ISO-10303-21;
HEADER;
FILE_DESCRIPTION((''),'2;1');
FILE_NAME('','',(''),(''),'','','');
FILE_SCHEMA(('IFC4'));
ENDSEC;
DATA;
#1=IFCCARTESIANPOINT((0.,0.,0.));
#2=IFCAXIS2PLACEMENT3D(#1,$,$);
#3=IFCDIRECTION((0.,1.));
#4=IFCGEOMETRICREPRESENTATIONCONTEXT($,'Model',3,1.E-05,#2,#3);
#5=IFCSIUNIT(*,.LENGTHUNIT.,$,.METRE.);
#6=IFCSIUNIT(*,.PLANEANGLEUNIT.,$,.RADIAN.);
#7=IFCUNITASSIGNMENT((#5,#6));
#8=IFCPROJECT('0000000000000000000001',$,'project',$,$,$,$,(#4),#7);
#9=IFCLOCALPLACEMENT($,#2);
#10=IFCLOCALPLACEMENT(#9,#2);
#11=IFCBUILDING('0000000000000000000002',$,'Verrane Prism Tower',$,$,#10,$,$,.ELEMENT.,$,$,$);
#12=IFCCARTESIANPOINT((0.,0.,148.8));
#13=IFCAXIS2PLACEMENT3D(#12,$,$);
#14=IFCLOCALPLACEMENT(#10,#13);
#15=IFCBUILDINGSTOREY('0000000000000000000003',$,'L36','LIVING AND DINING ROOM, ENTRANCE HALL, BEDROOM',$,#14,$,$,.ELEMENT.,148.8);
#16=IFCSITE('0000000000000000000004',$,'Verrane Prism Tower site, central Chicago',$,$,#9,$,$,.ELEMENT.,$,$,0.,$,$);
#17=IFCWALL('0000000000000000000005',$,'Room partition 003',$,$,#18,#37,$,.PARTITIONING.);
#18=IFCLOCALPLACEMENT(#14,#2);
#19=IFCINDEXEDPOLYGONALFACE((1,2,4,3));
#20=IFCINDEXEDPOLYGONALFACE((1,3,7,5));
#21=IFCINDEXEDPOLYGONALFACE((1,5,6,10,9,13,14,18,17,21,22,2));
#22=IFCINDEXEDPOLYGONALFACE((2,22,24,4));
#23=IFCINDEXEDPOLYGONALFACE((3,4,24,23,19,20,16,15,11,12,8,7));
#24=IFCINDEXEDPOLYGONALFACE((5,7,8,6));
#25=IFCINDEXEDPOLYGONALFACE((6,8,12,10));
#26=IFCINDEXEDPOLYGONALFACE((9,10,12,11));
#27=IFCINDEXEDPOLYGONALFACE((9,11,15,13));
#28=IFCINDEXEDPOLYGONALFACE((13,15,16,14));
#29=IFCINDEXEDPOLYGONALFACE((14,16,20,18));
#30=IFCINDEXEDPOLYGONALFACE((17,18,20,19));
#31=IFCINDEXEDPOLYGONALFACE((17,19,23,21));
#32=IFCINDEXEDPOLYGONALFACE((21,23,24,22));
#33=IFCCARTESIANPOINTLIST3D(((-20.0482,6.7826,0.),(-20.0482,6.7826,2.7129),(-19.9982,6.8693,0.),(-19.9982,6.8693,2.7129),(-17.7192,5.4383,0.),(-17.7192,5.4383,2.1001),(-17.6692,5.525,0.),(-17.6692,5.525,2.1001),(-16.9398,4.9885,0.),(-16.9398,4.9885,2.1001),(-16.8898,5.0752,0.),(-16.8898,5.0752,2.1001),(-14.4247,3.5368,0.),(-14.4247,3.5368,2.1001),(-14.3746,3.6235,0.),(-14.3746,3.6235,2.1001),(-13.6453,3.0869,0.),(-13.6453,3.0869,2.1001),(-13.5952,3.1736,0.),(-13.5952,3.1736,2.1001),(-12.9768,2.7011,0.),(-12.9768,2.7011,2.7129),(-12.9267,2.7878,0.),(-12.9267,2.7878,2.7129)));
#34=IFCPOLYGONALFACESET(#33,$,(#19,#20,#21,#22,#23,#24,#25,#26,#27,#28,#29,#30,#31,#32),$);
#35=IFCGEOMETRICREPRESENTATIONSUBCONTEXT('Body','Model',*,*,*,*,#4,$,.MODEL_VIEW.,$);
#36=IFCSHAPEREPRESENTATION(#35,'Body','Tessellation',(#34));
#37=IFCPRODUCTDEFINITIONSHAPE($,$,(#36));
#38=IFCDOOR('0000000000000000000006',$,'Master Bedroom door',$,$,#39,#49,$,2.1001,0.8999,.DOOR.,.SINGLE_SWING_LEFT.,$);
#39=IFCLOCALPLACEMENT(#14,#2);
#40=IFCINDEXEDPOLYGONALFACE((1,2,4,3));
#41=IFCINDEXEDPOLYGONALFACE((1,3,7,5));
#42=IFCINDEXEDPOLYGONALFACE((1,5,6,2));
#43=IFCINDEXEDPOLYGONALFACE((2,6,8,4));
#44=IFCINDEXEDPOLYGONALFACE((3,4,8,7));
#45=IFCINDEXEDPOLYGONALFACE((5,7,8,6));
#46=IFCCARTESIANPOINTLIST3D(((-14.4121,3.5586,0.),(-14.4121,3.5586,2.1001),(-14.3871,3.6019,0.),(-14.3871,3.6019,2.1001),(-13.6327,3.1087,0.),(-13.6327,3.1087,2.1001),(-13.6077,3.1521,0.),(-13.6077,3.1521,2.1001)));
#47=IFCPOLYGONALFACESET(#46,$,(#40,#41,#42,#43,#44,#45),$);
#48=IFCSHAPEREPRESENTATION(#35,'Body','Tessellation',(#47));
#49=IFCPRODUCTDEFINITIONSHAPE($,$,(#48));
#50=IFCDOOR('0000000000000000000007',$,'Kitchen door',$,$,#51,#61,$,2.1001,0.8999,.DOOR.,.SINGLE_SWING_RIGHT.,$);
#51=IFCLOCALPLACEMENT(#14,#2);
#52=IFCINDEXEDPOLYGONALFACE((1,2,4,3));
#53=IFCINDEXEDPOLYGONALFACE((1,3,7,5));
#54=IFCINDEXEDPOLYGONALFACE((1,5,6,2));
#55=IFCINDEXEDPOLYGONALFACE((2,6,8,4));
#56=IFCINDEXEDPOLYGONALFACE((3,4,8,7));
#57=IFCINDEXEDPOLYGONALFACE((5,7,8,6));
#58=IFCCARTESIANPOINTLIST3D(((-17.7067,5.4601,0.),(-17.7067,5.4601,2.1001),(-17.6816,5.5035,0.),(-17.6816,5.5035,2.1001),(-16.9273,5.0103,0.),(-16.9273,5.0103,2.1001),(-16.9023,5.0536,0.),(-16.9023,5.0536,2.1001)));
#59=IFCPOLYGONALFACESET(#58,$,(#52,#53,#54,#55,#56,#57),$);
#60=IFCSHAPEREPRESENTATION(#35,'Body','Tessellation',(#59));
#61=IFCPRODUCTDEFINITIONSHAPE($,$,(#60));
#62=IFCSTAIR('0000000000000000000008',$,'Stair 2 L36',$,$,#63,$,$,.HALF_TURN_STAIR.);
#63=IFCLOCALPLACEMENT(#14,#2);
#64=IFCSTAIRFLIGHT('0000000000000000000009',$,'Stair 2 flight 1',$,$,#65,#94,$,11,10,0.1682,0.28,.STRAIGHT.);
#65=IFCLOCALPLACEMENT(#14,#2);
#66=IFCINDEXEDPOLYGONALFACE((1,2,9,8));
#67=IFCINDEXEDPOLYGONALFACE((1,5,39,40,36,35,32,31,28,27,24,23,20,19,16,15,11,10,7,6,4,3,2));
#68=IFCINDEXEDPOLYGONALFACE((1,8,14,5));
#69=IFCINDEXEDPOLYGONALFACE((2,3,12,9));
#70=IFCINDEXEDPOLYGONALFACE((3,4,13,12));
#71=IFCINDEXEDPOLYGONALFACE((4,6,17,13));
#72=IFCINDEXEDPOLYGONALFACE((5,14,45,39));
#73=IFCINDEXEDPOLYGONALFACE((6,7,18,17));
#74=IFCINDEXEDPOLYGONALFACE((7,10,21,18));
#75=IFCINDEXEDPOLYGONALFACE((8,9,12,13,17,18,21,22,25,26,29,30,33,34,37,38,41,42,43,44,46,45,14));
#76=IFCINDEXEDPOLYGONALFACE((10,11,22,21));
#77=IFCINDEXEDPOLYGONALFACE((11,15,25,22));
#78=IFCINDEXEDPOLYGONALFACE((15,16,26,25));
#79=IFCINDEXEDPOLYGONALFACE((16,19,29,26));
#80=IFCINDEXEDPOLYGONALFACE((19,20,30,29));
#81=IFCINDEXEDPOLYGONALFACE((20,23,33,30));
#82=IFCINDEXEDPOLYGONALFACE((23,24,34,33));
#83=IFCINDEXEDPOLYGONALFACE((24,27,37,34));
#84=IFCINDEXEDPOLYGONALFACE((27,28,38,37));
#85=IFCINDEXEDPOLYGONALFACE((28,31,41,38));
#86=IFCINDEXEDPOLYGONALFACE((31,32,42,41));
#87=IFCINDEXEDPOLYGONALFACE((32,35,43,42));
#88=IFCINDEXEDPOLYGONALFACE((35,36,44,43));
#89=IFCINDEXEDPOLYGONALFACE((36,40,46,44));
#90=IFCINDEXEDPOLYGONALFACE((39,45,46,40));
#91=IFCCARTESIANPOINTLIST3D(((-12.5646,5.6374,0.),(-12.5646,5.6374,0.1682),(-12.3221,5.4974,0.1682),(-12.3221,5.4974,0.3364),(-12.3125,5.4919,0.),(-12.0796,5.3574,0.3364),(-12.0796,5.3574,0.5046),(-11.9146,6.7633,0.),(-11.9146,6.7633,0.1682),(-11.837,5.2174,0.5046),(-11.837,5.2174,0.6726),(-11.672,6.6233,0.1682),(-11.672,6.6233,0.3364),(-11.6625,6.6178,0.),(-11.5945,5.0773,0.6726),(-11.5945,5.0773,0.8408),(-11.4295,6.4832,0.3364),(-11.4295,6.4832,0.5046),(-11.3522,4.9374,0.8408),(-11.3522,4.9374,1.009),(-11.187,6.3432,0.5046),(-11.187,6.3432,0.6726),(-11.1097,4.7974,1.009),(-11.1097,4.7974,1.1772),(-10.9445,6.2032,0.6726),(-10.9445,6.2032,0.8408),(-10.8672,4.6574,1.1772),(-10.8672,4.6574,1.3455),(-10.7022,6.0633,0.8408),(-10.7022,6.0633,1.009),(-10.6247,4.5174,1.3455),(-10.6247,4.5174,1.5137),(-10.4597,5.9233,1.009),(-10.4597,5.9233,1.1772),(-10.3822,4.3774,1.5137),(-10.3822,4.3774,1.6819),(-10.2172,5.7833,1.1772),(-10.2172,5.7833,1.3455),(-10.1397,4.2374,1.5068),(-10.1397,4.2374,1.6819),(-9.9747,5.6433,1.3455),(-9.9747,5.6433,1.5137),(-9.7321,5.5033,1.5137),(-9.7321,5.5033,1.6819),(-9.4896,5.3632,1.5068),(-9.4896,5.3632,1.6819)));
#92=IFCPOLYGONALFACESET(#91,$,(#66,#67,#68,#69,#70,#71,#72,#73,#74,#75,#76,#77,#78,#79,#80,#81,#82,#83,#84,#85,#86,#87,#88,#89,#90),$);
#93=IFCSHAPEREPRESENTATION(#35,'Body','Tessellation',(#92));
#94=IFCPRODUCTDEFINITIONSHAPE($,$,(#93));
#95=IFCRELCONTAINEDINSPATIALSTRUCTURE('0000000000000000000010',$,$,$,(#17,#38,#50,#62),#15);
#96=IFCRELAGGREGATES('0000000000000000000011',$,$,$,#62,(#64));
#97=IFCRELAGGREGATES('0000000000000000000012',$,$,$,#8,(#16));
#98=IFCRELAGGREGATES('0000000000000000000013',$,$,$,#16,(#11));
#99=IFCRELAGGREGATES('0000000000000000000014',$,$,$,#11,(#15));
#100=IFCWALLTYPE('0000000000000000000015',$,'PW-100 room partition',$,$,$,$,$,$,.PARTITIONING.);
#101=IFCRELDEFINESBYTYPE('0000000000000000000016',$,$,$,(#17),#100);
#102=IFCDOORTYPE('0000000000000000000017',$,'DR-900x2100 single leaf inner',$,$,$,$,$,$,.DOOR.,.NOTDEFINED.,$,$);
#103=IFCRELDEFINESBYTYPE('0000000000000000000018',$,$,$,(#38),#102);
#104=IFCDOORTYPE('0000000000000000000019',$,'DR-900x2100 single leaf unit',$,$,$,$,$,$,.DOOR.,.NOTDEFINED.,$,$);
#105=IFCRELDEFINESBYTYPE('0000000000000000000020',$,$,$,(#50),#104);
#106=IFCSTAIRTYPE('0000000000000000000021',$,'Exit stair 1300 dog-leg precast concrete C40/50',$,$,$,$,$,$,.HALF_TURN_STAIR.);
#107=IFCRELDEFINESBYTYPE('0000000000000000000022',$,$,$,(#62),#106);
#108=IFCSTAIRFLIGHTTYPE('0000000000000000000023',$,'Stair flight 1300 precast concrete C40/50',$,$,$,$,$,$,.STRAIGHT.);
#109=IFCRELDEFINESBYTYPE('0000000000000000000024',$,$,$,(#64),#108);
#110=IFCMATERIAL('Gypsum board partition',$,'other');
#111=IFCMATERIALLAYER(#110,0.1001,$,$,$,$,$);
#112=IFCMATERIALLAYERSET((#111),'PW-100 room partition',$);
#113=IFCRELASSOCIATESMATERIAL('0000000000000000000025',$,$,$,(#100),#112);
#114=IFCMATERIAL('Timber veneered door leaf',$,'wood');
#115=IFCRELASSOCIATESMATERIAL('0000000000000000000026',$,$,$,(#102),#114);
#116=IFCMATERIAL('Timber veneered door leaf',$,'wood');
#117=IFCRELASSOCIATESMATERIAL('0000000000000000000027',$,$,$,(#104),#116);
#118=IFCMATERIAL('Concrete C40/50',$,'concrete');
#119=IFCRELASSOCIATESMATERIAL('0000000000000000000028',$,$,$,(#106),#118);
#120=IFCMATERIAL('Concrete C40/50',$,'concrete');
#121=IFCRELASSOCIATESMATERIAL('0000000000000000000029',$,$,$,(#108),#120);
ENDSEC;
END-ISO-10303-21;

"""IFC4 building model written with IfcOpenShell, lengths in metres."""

from ifc_helpers import new_model, si_unit, direction, frame, frame_2d, origin, place, context, subcontext, project, spatial, polyline, rectangle, outline, extrude, material, layer, layer_set, type_object, element, fill, aggregate, save


model = new_model("IFC4")

# Units and contexts
model_context = context("Model", 3, precision=1e-05, world=origin(), true_north=direction((0.0, 1.0)))
body_context = subcontext(model_context, "Body", "Model", "MODEL_VIEW")
ifc_project = project(units=[si_unit("LENGTHUNIT", "METRE"), si_unit("PLANEANGLEUNIT", "RADIAN")], contexts=[model_context])

# Site, building, storey
site_placement = place(None, origin())
site = spatial("IfcSite", under=ifc_project, at=site_placement, Name="Verrane Prism Tower site, central Chicago", CompositionType="ELEMENT", RefElevation=0.0)
building_placement = place(site_placement, origin())
building = spatial("IfcBuilding", under=site, at=building_placement, Name="Verrane Prism Tower", CompositionType="ELEMENT")
storey_placement = place(building_placement, frame((0.0, 0.0, 148.8)))
storey = spatial("IfcBuildingStorey", under=building, at=storey_placement, Name="L36", Description="LIVING AND DINING ROOM, ENTRANCE HALL, BEDROOM", CompositionType="ELEMENT", Elevation=148.8)

# Shared definitions
ifc_material_1 = material(Name="Gypsum board partition", Category="other")
ifc_layer_1 = layer(ifc_material_1, 0.1001)
ifc_layer_set_1 = layer_set([ifc_layer_1], Name="PW-100 room partition")
wall_type_1 = type_object("IfcWallType", Name="PW-100 room partition", PredefinedType="PARTITIONING", material=ifc_layer_set_1)

# Wall, openings, doors
wall_1_placement = place(storey_placement, frame((-12.9517, 2.7444, 0.0), z_axis=(0.0, 0.0, 1.0), x_axis=(-0.866089, 0.499889, 0.0)))
wall_1 = element("IfcWall", 1, at=wall_1_placement, inside=storey, type_object=wall_type_1, Name="Room partition 003", PredefinedType="PARTITIONING", context=body_context, shape_type="SweptSolid", body=[
    extrude(rectangle(XDim=8.1648, YDim=0.1001, at=frame_2d((4.0825, 0.0))), origin(), (0.0, 0.0, 1.0), 2.7129),
])
opening_1_placement = place(wall_1_placement, frame((4.5759, 0.0, 0.0)))
opening_1 = element("IfcOpeningElement", 2, at=opening_1_placement, cuts=wall_1, PredefinedType="OPENING", context=body_context, shape_type="SweptSolid", body=[
    extrude(rectangle(XDim=0.8999, YDim=2.1001, at=frame_2d((0.45, 1.05))), frame((0.0, 0.0601, 0.0), z_axis=(0.0, -1.0, 0.0), x_axis=(1.0, 0.0, 0.0)), (0.0, 0.0, 1.0), 0.1201),
])
opening_2_placement = place(wall_1_placement, frame((0.772, 0.0, 0.0)))
opening_2 = element("IfcOpeningElement", 3, at=opening_2_placement, cuts=wall_1, PredefinedType="OPENING", context=body_context, shape_type="SweptSolid", body=[
    extrude(rectangle(XDim=0.8999, YDim=2.1001, at=frame_2d((0.45, 1.05))), frame((0.0, 0.0601, 0.0), z_axis=(0.0, -1.0, 0.0), x_axis=(1.0, 0.0, 0.0)), (0.0, 0.0, 1.0), 0.1201),
])
ifc_material_2 = material(Name="Timber veneered door leaf", Category="wood")
door_type_1 = type_object("IfcDoorType", Name="DR-900x2100 single leaf inner", OperationType="NOTDEFINED", PredefinedType="DOOR", material=ifc_material_2)
door_1_placement = place(opening_2_placement, origin())
door_1 = element("IfcDoor", 4, at=door_1_placement, inside=storey, type_object=door_type_1, Name="Master Bedroom door", OperationType="SINGLE_SWING_LEFT", OverallHeight=2.1001, OverallWidth=0.8999, PredefinedType="DOOR", context=body_context, shape_type="SweptSolid", body=[
    extrude(rectangle(XDim=0.8999, YDim=2.1001, at=frame_2d((0.45, 1.05))), frame((0.0, 0.0249, 0.0), z_axis=(0.0, -1.0, 0.0), x_axis=(1.0, 0.0, 0.0)), (0.0, 0.0, 1.0), 0.05),
])
fill(opening_2, door_1)
ifc_material_3 = material(Name="Timber veneered door leaf", Category="wood")
door_type_2 = type_object("IfcDoorType", Name="DR-900x2100 single leaf unit", OperationType="NOTDEFINED", PredefinedType="DOOR", material=ifc_material_3)
door_2_placement = place(opening_1_placement, origin())
door_2 = element("IfcDoor", 5, at=door_2_placement, inside=storey, type_object=door_type_2, Name="Kitchen door", OperationType="SINGLE_SWING_RIGHT", OverallHeight=2.1001, OverallWidth=0.8999, PredefinedType="DOOR", context=body_context, shape_type="SweptSolid", body=[
    extrude(rectangle(XDim=0.8999, YDim=2.1001, at=frame_2d((0.45, 1.05))), frame((0.0, 0.0249, 0.0), z_axis=(0.0, -1.0, 0.0), x_axis=(1.0, 0.0, 0.0)), (0.0, 0.0, 1.0), 0.05),
])
fill(opening_1, door_2)

# Stair, stair flight
ifc_material_4 = material(Name="Concrete C40/50", Category="concrete")
stair_type = type_object("IfcStairType", Name="Exit stair 1300 dog-leg precast concrete C40/50", PredefinedType="HALF_TURN_STAIR", material=ifc_material_4)
stair_placement = place(storey_placement, origin())
stair = element("IfcStair", 6, at=stair_placement, inside=storey, type_object=stair_type, Name="Stair 2 L36", PredefinedType="HALF_TURN_STAIR")
ifc_material_5 = material(Name="Concrete C40/50", Category="concrete")
stair_flight_type = type_object("IfcStairFlightType", Name="Stair flight 1300 precast concrete C40/50", PredefinedType="STRAIGHT", material=ifc_material_5)
stair_flight_placement = place(storey_placement, frame((-12.2395, 6.2004, 0.0), z_axis=(0.0, 0.0, 1.0), x_axis=(0.866025, -0.5, 0.0)))
stair_flight = element("IfcStairFlight", 7, at=stair_flight_placement, type_object=stair_flight_type, Name="Stair 2 flight 1", NumberOfRisers=11, NumberOfTreads=10, PredefinedType="STRAIGHT", RiserHeight=0.1682, TreadLength=0.28, context=body_context, shape_type="SweptSolid", body=[
    extrude(outline(polyline([(0.0, 0.0), (0.0, 0.1682), (0.28, 0.1682), (0.28, 0.3364), (0.5601, 0.3364), (0.5601, 0.5046), (0.8401, 0.5046), (0.8401, 0.6726), (1.1201, 0.6726), (1.1201, 0.8408), (1.3999, 0.8408), (1.3999, 1.009), (1.6799, 1.009), (1.6799, 1.1772), (1.96, 1.1772), (1.96, 1.3455), (2.24, 1.3455), (2.24, 1.5137), (2.52, 1.5137), (2.52, 1.6819), (2.8, 1.6819), (2.8, 1.8501), (2.8, 1.5068), (0.291, 0.0), (0.0, 0.0)])), frame((0.0, 0.6499, 0.0), z_axis=(0.0, -1.0, 0.0), x_axis=(1.0, 0.0, 0.0)), (0.0, 0.0, 1.0), 1.3),
])
aggregate(stair, [stair_flight])

save(model, "model.ifc")
